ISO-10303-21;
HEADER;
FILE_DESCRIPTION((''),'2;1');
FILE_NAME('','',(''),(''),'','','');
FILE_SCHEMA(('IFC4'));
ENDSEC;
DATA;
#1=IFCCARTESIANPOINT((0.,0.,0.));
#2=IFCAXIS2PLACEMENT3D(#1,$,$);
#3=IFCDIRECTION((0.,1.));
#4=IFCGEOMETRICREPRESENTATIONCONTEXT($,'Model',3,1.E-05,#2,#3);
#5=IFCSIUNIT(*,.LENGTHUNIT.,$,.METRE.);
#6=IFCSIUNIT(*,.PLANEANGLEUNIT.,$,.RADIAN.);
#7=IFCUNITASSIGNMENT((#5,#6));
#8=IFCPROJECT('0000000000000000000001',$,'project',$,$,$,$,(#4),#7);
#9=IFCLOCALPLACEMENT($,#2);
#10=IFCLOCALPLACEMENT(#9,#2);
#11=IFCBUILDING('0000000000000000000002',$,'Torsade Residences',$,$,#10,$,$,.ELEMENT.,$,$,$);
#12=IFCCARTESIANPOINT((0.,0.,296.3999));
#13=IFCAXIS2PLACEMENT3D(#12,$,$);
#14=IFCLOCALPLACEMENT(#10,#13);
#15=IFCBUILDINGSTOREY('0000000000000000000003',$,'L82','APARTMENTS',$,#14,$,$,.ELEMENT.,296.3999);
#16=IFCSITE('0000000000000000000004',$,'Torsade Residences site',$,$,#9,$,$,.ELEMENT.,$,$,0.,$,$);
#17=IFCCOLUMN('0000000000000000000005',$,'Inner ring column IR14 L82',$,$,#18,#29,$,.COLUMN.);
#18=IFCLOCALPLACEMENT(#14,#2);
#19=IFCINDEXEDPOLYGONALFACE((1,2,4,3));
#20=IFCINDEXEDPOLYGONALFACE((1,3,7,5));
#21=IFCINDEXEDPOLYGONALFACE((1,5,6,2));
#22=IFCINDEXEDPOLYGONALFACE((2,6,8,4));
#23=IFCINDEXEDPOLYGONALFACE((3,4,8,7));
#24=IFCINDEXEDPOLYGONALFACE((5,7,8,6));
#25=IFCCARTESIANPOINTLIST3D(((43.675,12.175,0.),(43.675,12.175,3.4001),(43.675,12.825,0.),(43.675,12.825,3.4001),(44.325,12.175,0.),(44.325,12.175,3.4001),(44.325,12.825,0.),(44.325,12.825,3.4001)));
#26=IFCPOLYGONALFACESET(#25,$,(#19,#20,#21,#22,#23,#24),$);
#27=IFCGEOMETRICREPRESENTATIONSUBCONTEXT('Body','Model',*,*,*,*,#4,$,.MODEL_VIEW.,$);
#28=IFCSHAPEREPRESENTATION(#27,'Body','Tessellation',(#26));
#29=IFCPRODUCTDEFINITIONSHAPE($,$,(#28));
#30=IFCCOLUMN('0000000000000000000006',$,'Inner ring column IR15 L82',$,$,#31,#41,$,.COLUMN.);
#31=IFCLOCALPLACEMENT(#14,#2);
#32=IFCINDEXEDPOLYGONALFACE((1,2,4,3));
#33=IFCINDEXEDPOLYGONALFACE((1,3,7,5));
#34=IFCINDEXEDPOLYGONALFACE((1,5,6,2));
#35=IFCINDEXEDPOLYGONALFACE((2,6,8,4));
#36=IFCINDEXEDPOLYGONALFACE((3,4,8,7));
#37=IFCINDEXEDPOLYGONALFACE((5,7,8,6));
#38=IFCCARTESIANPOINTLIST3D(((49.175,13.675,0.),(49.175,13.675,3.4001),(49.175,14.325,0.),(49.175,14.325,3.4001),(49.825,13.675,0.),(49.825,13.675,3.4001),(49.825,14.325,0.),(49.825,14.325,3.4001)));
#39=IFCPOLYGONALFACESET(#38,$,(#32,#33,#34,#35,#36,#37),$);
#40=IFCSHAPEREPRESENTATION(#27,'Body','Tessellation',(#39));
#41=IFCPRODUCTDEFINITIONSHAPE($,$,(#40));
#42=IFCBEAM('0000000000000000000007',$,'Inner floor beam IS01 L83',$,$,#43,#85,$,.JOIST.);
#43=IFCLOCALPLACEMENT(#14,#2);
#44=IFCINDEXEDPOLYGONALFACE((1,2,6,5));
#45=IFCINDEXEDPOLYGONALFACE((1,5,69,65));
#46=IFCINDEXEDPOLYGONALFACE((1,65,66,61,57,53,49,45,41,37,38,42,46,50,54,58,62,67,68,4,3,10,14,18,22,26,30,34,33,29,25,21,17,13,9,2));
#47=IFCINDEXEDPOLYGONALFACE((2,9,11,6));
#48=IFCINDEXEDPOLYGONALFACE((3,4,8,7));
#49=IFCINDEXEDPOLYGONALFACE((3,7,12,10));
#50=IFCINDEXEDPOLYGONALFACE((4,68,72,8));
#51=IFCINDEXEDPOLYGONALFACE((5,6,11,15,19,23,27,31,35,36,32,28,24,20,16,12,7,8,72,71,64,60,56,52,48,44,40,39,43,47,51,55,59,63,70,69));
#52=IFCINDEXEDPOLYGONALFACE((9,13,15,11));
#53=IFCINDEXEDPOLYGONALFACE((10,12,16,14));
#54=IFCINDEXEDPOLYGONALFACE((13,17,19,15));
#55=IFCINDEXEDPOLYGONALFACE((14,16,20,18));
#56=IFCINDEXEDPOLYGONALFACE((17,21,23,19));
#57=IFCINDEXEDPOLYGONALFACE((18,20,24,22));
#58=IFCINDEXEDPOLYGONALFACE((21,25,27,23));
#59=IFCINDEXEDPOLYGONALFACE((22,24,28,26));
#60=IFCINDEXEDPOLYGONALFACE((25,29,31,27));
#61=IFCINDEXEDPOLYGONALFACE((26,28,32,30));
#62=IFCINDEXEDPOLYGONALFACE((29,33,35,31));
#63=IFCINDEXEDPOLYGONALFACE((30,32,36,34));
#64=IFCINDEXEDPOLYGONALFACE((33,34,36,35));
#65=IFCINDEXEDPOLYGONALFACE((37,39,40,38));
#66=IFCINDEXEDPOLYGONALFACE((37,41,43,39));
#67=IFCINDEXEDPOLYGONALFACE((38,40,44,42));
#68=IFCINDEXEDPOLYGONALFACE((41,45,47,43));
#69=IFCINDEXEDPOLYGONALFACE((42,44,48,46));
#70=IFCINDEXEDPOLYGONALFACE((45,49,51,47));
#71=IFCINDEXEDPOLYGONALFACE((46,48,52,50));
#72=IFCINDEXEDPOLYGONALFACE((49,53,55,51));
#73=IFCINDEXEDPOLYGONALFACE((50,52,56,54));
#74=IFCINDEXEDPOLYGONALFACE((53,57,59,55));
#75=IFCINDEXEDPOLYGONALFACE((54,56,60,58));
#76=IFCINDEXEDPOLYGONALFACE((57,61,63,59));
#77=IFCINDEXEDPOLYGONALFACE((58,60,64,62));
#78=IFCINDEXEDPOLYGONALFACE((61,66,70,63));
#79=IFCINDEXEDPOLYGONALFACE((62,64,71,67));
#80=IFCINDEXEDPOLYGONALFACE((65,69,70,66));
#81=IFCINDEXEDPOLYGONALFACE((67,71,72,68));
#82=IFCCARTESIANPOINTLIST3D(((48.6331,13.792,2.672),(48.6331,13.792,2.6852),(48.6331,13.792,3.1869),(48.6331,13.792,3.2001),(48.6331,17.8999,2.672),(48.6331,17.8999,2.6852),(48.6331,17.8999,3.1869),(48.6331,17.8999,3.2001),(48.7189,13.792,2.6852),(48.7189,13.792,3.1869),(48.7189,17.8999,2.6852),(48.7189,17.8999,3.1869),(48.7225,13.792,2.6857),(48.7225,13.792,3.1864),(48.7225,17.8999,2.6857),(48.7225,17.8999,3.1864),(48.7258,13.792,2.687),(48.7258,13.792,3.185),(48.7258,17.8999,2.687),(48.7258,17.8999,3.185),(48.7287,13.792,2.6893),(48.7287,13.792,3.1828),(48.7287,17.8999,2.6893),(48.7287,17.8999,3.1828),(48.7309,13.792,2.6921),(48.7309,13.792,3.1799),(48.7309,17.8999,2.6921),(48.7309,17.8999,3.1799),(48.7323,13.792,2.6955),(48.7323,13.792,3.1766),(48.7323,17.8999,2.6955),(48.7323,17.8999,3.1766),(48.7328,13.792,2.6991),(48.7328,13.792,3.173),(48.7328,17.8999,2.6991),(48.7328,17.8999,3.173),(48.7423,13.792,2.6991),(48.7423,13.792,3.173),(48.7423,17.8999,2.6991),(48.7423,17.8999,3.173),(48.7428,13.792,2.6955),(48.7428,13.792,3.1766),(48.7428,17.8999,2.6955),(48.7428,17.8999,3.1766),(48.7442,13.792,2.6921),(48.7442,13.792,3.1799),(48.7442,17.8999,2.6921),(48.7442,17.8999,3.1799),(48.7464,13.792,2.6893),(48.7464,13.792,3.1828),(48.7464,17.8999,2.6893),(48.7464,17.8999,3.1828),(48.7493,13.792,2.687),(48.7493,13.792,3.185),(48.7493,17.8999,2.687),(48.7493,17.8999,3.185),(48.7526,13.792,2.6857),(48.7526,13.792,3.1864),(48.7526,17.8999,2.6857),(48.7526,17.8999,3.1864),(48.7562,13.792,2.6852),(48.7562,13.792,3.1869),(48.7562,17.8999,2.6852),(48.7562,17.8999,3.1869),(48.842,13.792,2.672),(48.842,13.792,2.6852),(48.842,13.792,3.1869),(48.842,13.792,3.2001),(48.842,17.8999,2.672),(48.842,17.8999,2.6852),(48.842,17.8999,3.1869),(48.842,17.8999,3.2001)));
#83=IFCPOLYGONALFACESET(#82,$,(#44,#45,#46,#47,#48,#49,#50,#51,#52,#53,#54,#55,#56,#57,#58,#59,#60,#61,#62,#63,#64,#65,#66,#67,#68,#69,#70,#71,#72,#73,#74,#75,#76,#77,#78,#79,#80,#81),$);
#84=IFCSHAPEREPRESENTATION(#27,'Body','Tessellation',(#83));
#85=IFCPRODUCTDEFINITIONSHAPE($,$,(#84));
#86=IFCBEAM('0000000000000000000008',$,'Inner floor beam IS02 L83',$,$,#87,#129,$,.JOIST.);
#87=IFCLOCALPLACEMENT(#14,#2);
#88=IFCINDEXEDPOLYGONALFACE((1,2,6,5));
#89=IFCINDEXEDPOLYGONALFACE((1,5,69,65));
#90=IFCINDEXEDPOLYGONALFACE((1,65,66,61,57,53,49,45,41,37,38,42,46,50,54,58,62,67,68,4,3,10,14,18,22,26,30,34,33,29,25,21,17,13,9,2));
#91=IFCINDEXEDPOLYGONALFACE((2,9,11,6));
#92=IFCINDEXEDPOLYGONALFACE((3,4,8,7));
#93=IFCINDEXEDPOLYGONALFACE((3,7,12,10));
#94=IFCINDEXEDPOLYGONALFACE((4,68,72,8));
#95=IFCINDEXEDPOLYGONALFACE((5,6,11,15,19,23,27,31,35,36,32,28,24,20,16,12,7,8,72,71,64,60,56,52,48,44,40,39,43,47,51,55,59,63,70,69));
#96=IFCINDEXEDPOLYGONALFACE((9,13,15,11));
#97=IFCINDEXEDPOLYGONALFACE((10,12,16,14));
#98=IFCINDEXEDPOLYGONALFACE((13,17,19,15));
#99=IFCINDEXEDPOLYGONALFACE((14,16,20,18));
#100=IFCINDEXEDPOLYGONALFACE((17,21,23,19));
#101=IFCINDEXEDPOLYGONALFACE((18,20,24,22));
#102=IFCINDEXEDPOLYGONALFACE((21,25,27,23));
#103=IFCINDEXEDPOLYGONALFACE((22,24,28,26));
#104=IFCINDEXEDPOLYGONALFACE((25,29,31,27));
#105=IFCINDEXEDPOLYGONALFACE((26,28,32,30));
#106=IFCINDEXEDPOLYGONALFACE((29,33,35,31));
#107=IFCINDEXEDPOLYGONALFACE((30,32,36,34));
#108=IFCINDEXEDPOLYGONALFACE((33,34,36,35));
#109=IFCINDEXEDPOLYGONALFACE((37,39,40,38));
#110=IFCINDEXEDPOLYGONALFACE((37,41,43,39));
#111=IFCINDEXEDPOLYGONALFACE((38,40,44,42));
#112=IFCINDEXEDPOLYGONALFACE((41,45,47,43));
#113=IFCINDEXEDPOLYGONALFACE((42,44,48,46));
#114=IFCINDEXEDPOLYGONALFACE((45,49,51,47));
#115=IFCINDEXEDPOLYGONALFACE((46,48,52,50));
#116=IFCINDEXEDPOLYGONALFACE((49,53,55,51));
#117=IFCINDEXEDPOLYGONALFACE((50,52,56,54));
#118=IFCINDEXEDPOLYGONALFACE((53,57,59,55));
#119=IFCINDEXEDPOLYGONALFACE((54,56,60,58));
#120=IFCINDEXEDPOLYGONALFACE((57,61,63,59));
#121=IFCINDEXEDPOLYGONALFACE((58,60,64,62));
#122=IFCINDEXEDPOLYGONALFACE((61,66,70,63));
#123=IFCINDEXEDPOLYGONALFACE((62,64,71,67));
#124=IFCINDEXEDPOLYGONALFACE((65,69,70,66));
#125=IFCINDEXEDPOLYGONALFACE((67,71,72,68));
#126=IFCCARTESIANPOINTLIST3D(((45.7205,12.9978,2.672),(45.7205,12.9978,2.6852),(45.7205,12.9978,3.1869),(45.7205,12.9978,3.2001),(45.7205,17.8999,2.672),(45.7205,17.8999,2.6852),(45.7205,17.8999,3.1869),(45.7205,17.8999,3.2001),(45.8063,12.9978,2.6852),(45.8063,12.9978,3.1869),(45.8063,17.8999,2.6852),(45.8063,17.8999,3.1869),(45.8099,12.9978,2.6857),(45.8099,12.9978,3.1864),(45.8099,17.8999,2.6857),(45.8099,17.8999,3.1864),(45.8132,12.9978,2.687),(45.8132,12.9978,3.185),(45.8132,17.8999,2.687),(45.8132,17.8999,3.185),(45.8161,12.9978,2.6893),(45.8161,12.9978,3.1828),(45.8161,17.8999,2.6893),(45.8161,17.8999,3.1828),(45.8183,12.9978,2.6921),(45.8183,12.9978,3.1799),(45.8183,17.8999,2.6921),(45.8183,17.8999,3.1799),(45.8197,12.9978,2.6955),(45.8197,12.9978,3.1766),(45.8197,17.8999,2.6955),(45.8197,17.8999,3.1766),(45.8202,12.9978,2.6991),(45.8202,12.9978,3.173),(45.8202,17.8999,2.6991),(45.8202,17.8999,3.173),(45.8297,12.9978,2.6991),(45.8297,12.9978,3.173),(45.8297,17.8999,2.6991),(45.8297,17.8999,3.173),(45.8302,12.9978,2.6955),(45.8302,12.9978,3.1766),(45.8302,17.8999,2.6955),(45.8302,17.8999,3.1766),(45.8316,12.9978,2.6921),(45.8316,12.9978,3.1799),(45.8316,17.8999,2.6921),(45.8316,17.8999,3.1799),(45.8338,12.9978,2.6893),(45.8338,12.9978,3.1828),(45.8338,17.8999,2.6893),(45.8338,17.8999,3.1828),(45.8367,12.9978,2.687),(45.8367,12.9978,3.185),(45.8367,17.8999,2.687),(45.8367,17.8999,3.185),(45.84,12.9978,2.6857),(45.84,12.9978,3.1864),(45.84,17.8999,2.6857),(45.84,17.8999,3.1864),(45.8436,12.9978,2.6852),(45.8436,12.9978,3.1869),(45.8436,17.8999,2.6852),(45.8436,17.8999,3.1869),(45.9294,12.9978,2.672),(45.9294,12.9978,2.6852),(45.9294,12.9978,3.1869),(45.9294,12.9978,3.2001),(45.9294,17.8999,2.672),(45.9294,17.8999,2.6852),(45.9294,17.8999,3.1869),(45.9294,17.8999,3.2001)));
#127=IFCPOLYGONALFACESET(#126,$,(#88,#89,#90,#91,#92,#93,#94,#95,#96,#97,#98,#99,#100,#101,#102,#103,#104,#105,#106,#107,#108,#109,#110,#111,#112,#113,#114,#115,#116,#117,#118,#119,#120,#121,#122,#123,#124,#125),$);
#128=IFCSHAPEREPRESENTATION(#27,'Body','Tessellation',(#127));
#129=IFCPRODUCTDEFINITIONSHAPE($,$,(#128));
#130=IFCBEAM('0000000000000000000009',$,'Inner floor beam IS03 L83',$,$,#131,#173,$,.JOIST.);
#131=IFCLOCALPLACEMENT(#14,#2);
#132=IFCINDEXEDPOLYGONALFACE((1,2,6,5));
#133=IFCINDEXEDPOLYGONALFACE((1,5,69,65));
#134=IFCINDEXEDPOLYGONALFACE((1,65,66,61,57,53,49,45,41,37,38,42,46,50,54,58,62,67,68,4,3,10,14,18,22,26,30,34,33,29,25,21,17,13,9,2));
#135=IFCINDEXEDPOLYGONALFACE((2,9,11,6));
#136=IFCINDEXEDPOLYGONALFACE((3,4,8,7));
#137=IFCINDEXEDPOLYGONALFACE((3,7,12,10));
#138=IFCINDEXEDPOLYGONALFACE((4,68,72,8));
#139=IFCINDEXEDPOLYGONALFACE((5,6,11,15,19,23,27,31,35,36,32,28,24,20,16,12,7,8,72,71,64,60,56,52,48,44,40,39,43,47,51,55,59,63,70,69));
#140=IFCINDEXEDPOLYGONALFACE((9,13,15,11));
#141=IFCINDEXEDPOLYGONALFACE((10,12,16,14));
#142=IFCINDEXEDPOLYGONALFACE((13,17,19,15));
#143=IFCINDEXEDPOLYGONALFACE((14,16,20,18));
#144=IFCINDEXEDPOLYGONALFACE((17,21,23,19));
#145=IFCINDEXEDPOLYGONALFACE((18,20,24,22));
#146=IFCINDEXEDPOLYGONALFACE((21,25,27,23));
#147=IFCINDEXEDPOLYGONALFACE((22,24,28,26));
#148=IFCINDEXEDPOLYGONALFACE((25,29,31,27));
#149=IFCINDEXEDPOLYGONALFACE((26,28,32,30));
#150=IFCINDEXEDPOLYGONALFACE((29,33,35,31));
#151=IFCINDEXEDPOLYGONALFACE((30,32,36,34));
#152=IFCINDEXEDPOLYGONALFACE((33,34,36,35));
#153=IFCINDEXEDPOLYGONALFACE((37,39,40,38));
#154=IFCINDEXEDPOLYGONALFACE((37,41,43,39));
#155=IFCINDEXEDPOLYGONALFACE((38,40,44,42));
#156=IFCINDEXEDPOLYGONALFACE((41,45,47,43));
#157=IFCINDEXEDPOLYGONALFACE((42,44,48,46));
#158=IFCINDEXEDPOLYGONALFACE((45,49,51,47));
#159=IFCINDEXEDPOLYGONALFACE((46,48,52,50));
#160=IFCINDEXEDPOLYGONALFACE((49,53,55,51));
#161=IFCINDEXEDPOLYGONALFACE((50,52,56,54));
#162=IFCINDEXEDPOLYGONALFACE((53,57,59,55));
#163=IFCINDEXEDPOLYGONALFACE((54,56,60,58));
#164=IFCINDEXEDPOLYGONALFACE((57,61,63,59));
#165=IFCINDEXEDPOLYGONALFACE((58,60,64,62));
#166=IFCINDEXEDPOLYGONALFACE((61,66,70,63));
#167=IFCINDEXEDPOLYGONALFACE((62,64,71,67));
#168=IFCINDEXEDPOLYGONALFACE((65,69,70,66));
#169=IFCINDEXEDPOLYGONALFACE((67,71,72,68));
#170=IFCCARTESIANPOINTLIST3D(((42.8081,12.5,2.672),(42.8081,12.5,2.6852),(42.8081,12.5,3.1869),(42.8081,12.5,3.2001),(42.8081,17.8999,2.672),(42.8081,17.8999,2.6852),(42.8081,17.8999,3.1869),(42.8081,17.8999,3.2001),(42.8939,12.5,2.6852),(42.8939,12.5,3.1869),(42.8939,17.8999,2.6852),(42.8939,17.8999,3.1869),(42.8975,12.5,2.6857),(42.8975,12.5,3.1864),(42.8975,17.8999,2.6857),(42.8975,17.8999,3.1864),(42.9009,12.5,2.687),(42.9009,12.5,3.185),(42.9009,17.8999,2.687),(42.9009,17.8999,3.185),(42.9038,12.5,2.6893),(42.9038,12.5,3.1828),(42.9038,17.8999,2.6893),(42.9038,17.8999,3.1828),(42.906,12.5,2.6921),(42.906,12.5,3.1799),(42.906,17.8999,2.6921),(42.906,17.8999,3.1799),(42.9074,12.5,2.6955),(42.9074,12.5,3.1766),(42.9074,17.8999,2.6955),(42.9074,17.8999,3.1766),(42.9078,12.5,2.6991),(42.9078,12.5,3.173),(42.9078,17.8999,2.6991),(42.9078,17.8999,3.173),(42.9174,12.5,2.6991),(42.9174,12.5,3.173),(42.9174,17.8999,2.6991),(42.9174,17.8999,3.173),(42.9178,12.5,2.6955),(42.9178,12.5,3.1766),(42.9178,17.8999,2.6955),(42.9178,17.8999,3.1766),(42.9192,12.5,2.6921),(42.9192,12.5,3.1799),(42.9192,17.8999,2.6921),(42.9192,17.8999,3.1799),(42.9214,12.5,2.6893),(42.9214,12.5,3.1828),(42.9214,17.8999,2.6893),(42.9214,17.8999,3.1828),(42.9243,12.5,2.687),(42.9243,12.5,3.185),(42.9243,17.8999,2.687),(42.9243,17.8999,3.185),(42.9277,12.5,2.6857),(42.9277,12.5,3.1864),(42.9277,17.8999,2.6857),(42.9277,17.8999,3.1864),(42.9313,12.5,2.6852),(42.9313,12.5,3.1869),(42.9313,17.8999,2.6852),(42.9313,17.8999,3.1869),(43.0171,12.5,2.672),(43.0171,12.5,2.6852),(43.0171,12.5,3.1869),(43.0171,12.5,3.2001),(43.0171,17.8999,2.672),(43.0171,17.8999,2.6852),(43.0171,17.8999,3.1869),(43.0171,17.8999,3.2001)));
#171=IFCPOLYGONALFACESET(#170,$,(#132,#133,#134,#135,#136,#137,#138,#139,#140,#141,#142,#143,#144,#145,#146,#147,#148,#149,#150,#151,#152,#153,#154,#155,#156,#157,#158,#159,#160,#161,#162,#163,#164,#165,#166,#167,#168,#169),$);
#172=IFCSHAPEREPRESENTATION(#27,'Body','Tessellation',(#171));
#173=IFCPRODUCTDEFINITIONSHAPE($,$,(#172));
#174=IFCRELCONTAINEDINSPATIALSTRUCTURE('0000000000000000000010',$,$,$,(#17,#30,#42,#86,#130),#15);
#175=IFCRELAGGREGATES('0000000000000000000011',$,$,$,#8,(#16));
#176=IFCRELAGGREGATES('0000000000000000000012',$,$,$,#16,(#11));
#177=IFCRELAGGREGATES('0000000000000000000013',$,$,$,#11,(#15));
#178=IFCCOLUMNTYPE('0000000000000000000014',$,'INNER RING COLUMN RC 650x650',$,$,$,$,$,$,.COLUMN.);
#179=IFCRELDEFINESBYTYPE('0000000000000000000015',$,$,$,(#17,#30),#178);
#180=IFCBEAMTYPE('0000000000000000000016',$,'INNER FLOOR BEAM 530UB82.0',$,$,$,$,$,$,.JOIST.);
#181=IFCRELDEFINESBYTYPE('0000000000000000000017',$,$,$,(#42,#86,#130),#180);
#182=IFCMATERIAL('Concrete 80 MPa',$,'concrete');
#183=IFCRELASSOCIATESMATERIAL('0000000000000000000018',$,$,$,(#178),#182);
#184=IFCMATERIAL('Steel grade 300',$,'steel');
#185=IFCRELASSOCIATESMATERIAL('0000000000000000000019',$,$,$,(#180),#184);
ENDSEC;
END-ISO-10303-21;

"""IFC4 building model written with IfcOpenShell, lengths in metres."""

from ifc_helpers import new_model, si_unit, direction, frame, origin, origin_2d, place, context, subcontext, project, spatial, rectangle, i_section, extrude, material, material_profile, profile_set, type_object, element, save


model = new_model("IFC4")

# Units and contexts
model_context = context("Model", 3, precision=1e-05, world=origin(), true_north=direction((0.0, 1.0)))
body_context = subcontext(model_context, "Body", "Model", "MODEL_VIEW")
ifc_project = project(units=[si_unit("LENGTHUNIT", "METRE"), si_unit("PLANEANGLEUNIT", "RADIAN")], contexts=[model_context])

# Site, building, storey
site_placement = place(None, origin())
site = spatial("IfcSite", under=ifc_project, at=site_placement, Name="Torsade Residences site", CompositionType="ELEMENT", RefElevation=0.0)
building_placement = place(site_placement, origin())
building = spatial("IfcBuilding", under=site, at=building_placement, Name="Torsade Residences", CompositionType="ELEMENT")
storey_placement = place(building_placement, frame((0.0, 0.0, 296.3999)))
storey = spatial("IfcBuildingStorey", under=building, at=storey_placement, Name="L82", Description="APARTMENTS", CompositionType="ELEMENT", Elevation=296.3999)

# Columns
ifc_material_1 = material(Name="Concrete 80 MPa", Category="concrete")
ifc_material_profile_1 = material_profile(ifc_material_1, rectangle(XDim=0.6499, YDim=0.6499, at=origin_2d()), Name="RC 650x650")
ifc_profile_set_1 = profile_set([ifc_material_profile_1], Name="Concrete 80 MPa")
column_type = type_object("IfcColumnType", Name="INNER RING COLUMN RC 650x650", PredefinedType="COLUMN", material=ifc_profile_set_1)
for number, where, z_axis, x_axis, name in (
    (1, (44.0, 12.5, 0.0), (0.0, 0.0, 1.0), (1.0, 0.0, 0.0), "Inner ring column IR14 L82"),
    (2, (49.5, 14.0, 0.0), (0.0, 0.0, 1.0), (1.0, 0.0, 0.0), "Inner ring column IR15 L82"),
):
    element("IfcColumn", number, at=place(storey_placement, frame(where, z_axis=z_axis, x_axis=x_axis)), inside=storey, type_object=column_type, Name=name, PredefinedType="COLUMN", context=body_context, shape_type="SweptSolid", body=[
        extrude(rectangle(XDim=0.6499, YDim=0.6499, at=origin_2d()), origin(), (0.0, 0.0, 1.0), 3.4001),
    ])

# Beams
ifc_material_2 = material(Name="Steel grade 300", Category="steel")
ifc_material_profile_2 = material_profile(ifc_material_2, i_section(OverallWidth=0.209, OverallDepth=0.5281, WebThickness=0.0095, FlangeThickness=0.0132, FilletRadius=0.0139, at=origin_2d()), Name="530UB82.0")
ifc_profile_set_2 = profile_set([ifc_material_profile_2], Name="Steel grade 300")
beam_type_1 = type_object("IfcBeamType", Name="INNER FLOOR BEAM 530UB82.0", PredefinedType="JOIST", material=ifc_profile_set_2)
beam_1_placement = place(storey_placement, frame((48.7375, 17.8999, 2.936), z_axis=(0.0, -1.0, 0.0), x_axis=(1.0, 0.0, 0.0)))
element("IfcBeam", 3, at=beam_1_placement, inside=storey, type_object=beam_type_1, Name="Inner floor beam IS01 L83", PredefinedType="JOIST", context=body_context, shape_type="SweptSolid", body=[
    extrude(i_section(OverallWidth=0.209, OverallDepth=0.5281, WebThickness=0.0095, FlangeThickness=0.0132, FilletRadius=0.0139, at=origin_2d()), origin(), (0.0, 0.0, 1.0), 4.1079),
])
beam_2_placement = place(storey_placement, frame((45.825, 17.8999, 2.936), z_axis=(0.0, -1.0, 0.0), x_axis=(1.0, 0.0, 0.0)))
element("IfcBeam", 4, at=beam_2_placement, inside=storey, type_object=beam_type_1, Name="Inner floor beam IS02 L83", PredefinedType="JOIST", context=body_context, shape_type="SweptSolid", body=[
    extrude(i_section(OverallWidth=0.209, OverallDepth=0.5281, WebThickness=0.0095, FlangeThickness=0.0132, FilletRadius=0.0139, at=origin_2d()), origin(), (0.0, 0.0, 1.0), 4.9021),
])
for number, where, z_axis, x_axis, name in (
    (5, (42.9126, 17.8999, 2.936), (0.0, -1.0, 0.0), (1.0, 0.0, 0.0), "Inner floor beam IS03 L83"),
):
    element("IfcBeam", number, at=place(storey_placement, frame(where, z_axis=z_axis, x_axis=x_axis)), inside=storey, type_object=beam_type_1, Name=name, PredefinedType="JOIST", context=body_context, shape_type="SweptSolid", body=[
        extrude(i_section(OverallWidth=0.209, OverallDepth=0.5281, WebThickness=0.0095, FlangeThickness=0.0132, FilletRadius=0.0139, at=origin_2d()), origin(), (0.0, 0.0, 1.0), 5.3999),
    ])

save(model, "model.ifc")
